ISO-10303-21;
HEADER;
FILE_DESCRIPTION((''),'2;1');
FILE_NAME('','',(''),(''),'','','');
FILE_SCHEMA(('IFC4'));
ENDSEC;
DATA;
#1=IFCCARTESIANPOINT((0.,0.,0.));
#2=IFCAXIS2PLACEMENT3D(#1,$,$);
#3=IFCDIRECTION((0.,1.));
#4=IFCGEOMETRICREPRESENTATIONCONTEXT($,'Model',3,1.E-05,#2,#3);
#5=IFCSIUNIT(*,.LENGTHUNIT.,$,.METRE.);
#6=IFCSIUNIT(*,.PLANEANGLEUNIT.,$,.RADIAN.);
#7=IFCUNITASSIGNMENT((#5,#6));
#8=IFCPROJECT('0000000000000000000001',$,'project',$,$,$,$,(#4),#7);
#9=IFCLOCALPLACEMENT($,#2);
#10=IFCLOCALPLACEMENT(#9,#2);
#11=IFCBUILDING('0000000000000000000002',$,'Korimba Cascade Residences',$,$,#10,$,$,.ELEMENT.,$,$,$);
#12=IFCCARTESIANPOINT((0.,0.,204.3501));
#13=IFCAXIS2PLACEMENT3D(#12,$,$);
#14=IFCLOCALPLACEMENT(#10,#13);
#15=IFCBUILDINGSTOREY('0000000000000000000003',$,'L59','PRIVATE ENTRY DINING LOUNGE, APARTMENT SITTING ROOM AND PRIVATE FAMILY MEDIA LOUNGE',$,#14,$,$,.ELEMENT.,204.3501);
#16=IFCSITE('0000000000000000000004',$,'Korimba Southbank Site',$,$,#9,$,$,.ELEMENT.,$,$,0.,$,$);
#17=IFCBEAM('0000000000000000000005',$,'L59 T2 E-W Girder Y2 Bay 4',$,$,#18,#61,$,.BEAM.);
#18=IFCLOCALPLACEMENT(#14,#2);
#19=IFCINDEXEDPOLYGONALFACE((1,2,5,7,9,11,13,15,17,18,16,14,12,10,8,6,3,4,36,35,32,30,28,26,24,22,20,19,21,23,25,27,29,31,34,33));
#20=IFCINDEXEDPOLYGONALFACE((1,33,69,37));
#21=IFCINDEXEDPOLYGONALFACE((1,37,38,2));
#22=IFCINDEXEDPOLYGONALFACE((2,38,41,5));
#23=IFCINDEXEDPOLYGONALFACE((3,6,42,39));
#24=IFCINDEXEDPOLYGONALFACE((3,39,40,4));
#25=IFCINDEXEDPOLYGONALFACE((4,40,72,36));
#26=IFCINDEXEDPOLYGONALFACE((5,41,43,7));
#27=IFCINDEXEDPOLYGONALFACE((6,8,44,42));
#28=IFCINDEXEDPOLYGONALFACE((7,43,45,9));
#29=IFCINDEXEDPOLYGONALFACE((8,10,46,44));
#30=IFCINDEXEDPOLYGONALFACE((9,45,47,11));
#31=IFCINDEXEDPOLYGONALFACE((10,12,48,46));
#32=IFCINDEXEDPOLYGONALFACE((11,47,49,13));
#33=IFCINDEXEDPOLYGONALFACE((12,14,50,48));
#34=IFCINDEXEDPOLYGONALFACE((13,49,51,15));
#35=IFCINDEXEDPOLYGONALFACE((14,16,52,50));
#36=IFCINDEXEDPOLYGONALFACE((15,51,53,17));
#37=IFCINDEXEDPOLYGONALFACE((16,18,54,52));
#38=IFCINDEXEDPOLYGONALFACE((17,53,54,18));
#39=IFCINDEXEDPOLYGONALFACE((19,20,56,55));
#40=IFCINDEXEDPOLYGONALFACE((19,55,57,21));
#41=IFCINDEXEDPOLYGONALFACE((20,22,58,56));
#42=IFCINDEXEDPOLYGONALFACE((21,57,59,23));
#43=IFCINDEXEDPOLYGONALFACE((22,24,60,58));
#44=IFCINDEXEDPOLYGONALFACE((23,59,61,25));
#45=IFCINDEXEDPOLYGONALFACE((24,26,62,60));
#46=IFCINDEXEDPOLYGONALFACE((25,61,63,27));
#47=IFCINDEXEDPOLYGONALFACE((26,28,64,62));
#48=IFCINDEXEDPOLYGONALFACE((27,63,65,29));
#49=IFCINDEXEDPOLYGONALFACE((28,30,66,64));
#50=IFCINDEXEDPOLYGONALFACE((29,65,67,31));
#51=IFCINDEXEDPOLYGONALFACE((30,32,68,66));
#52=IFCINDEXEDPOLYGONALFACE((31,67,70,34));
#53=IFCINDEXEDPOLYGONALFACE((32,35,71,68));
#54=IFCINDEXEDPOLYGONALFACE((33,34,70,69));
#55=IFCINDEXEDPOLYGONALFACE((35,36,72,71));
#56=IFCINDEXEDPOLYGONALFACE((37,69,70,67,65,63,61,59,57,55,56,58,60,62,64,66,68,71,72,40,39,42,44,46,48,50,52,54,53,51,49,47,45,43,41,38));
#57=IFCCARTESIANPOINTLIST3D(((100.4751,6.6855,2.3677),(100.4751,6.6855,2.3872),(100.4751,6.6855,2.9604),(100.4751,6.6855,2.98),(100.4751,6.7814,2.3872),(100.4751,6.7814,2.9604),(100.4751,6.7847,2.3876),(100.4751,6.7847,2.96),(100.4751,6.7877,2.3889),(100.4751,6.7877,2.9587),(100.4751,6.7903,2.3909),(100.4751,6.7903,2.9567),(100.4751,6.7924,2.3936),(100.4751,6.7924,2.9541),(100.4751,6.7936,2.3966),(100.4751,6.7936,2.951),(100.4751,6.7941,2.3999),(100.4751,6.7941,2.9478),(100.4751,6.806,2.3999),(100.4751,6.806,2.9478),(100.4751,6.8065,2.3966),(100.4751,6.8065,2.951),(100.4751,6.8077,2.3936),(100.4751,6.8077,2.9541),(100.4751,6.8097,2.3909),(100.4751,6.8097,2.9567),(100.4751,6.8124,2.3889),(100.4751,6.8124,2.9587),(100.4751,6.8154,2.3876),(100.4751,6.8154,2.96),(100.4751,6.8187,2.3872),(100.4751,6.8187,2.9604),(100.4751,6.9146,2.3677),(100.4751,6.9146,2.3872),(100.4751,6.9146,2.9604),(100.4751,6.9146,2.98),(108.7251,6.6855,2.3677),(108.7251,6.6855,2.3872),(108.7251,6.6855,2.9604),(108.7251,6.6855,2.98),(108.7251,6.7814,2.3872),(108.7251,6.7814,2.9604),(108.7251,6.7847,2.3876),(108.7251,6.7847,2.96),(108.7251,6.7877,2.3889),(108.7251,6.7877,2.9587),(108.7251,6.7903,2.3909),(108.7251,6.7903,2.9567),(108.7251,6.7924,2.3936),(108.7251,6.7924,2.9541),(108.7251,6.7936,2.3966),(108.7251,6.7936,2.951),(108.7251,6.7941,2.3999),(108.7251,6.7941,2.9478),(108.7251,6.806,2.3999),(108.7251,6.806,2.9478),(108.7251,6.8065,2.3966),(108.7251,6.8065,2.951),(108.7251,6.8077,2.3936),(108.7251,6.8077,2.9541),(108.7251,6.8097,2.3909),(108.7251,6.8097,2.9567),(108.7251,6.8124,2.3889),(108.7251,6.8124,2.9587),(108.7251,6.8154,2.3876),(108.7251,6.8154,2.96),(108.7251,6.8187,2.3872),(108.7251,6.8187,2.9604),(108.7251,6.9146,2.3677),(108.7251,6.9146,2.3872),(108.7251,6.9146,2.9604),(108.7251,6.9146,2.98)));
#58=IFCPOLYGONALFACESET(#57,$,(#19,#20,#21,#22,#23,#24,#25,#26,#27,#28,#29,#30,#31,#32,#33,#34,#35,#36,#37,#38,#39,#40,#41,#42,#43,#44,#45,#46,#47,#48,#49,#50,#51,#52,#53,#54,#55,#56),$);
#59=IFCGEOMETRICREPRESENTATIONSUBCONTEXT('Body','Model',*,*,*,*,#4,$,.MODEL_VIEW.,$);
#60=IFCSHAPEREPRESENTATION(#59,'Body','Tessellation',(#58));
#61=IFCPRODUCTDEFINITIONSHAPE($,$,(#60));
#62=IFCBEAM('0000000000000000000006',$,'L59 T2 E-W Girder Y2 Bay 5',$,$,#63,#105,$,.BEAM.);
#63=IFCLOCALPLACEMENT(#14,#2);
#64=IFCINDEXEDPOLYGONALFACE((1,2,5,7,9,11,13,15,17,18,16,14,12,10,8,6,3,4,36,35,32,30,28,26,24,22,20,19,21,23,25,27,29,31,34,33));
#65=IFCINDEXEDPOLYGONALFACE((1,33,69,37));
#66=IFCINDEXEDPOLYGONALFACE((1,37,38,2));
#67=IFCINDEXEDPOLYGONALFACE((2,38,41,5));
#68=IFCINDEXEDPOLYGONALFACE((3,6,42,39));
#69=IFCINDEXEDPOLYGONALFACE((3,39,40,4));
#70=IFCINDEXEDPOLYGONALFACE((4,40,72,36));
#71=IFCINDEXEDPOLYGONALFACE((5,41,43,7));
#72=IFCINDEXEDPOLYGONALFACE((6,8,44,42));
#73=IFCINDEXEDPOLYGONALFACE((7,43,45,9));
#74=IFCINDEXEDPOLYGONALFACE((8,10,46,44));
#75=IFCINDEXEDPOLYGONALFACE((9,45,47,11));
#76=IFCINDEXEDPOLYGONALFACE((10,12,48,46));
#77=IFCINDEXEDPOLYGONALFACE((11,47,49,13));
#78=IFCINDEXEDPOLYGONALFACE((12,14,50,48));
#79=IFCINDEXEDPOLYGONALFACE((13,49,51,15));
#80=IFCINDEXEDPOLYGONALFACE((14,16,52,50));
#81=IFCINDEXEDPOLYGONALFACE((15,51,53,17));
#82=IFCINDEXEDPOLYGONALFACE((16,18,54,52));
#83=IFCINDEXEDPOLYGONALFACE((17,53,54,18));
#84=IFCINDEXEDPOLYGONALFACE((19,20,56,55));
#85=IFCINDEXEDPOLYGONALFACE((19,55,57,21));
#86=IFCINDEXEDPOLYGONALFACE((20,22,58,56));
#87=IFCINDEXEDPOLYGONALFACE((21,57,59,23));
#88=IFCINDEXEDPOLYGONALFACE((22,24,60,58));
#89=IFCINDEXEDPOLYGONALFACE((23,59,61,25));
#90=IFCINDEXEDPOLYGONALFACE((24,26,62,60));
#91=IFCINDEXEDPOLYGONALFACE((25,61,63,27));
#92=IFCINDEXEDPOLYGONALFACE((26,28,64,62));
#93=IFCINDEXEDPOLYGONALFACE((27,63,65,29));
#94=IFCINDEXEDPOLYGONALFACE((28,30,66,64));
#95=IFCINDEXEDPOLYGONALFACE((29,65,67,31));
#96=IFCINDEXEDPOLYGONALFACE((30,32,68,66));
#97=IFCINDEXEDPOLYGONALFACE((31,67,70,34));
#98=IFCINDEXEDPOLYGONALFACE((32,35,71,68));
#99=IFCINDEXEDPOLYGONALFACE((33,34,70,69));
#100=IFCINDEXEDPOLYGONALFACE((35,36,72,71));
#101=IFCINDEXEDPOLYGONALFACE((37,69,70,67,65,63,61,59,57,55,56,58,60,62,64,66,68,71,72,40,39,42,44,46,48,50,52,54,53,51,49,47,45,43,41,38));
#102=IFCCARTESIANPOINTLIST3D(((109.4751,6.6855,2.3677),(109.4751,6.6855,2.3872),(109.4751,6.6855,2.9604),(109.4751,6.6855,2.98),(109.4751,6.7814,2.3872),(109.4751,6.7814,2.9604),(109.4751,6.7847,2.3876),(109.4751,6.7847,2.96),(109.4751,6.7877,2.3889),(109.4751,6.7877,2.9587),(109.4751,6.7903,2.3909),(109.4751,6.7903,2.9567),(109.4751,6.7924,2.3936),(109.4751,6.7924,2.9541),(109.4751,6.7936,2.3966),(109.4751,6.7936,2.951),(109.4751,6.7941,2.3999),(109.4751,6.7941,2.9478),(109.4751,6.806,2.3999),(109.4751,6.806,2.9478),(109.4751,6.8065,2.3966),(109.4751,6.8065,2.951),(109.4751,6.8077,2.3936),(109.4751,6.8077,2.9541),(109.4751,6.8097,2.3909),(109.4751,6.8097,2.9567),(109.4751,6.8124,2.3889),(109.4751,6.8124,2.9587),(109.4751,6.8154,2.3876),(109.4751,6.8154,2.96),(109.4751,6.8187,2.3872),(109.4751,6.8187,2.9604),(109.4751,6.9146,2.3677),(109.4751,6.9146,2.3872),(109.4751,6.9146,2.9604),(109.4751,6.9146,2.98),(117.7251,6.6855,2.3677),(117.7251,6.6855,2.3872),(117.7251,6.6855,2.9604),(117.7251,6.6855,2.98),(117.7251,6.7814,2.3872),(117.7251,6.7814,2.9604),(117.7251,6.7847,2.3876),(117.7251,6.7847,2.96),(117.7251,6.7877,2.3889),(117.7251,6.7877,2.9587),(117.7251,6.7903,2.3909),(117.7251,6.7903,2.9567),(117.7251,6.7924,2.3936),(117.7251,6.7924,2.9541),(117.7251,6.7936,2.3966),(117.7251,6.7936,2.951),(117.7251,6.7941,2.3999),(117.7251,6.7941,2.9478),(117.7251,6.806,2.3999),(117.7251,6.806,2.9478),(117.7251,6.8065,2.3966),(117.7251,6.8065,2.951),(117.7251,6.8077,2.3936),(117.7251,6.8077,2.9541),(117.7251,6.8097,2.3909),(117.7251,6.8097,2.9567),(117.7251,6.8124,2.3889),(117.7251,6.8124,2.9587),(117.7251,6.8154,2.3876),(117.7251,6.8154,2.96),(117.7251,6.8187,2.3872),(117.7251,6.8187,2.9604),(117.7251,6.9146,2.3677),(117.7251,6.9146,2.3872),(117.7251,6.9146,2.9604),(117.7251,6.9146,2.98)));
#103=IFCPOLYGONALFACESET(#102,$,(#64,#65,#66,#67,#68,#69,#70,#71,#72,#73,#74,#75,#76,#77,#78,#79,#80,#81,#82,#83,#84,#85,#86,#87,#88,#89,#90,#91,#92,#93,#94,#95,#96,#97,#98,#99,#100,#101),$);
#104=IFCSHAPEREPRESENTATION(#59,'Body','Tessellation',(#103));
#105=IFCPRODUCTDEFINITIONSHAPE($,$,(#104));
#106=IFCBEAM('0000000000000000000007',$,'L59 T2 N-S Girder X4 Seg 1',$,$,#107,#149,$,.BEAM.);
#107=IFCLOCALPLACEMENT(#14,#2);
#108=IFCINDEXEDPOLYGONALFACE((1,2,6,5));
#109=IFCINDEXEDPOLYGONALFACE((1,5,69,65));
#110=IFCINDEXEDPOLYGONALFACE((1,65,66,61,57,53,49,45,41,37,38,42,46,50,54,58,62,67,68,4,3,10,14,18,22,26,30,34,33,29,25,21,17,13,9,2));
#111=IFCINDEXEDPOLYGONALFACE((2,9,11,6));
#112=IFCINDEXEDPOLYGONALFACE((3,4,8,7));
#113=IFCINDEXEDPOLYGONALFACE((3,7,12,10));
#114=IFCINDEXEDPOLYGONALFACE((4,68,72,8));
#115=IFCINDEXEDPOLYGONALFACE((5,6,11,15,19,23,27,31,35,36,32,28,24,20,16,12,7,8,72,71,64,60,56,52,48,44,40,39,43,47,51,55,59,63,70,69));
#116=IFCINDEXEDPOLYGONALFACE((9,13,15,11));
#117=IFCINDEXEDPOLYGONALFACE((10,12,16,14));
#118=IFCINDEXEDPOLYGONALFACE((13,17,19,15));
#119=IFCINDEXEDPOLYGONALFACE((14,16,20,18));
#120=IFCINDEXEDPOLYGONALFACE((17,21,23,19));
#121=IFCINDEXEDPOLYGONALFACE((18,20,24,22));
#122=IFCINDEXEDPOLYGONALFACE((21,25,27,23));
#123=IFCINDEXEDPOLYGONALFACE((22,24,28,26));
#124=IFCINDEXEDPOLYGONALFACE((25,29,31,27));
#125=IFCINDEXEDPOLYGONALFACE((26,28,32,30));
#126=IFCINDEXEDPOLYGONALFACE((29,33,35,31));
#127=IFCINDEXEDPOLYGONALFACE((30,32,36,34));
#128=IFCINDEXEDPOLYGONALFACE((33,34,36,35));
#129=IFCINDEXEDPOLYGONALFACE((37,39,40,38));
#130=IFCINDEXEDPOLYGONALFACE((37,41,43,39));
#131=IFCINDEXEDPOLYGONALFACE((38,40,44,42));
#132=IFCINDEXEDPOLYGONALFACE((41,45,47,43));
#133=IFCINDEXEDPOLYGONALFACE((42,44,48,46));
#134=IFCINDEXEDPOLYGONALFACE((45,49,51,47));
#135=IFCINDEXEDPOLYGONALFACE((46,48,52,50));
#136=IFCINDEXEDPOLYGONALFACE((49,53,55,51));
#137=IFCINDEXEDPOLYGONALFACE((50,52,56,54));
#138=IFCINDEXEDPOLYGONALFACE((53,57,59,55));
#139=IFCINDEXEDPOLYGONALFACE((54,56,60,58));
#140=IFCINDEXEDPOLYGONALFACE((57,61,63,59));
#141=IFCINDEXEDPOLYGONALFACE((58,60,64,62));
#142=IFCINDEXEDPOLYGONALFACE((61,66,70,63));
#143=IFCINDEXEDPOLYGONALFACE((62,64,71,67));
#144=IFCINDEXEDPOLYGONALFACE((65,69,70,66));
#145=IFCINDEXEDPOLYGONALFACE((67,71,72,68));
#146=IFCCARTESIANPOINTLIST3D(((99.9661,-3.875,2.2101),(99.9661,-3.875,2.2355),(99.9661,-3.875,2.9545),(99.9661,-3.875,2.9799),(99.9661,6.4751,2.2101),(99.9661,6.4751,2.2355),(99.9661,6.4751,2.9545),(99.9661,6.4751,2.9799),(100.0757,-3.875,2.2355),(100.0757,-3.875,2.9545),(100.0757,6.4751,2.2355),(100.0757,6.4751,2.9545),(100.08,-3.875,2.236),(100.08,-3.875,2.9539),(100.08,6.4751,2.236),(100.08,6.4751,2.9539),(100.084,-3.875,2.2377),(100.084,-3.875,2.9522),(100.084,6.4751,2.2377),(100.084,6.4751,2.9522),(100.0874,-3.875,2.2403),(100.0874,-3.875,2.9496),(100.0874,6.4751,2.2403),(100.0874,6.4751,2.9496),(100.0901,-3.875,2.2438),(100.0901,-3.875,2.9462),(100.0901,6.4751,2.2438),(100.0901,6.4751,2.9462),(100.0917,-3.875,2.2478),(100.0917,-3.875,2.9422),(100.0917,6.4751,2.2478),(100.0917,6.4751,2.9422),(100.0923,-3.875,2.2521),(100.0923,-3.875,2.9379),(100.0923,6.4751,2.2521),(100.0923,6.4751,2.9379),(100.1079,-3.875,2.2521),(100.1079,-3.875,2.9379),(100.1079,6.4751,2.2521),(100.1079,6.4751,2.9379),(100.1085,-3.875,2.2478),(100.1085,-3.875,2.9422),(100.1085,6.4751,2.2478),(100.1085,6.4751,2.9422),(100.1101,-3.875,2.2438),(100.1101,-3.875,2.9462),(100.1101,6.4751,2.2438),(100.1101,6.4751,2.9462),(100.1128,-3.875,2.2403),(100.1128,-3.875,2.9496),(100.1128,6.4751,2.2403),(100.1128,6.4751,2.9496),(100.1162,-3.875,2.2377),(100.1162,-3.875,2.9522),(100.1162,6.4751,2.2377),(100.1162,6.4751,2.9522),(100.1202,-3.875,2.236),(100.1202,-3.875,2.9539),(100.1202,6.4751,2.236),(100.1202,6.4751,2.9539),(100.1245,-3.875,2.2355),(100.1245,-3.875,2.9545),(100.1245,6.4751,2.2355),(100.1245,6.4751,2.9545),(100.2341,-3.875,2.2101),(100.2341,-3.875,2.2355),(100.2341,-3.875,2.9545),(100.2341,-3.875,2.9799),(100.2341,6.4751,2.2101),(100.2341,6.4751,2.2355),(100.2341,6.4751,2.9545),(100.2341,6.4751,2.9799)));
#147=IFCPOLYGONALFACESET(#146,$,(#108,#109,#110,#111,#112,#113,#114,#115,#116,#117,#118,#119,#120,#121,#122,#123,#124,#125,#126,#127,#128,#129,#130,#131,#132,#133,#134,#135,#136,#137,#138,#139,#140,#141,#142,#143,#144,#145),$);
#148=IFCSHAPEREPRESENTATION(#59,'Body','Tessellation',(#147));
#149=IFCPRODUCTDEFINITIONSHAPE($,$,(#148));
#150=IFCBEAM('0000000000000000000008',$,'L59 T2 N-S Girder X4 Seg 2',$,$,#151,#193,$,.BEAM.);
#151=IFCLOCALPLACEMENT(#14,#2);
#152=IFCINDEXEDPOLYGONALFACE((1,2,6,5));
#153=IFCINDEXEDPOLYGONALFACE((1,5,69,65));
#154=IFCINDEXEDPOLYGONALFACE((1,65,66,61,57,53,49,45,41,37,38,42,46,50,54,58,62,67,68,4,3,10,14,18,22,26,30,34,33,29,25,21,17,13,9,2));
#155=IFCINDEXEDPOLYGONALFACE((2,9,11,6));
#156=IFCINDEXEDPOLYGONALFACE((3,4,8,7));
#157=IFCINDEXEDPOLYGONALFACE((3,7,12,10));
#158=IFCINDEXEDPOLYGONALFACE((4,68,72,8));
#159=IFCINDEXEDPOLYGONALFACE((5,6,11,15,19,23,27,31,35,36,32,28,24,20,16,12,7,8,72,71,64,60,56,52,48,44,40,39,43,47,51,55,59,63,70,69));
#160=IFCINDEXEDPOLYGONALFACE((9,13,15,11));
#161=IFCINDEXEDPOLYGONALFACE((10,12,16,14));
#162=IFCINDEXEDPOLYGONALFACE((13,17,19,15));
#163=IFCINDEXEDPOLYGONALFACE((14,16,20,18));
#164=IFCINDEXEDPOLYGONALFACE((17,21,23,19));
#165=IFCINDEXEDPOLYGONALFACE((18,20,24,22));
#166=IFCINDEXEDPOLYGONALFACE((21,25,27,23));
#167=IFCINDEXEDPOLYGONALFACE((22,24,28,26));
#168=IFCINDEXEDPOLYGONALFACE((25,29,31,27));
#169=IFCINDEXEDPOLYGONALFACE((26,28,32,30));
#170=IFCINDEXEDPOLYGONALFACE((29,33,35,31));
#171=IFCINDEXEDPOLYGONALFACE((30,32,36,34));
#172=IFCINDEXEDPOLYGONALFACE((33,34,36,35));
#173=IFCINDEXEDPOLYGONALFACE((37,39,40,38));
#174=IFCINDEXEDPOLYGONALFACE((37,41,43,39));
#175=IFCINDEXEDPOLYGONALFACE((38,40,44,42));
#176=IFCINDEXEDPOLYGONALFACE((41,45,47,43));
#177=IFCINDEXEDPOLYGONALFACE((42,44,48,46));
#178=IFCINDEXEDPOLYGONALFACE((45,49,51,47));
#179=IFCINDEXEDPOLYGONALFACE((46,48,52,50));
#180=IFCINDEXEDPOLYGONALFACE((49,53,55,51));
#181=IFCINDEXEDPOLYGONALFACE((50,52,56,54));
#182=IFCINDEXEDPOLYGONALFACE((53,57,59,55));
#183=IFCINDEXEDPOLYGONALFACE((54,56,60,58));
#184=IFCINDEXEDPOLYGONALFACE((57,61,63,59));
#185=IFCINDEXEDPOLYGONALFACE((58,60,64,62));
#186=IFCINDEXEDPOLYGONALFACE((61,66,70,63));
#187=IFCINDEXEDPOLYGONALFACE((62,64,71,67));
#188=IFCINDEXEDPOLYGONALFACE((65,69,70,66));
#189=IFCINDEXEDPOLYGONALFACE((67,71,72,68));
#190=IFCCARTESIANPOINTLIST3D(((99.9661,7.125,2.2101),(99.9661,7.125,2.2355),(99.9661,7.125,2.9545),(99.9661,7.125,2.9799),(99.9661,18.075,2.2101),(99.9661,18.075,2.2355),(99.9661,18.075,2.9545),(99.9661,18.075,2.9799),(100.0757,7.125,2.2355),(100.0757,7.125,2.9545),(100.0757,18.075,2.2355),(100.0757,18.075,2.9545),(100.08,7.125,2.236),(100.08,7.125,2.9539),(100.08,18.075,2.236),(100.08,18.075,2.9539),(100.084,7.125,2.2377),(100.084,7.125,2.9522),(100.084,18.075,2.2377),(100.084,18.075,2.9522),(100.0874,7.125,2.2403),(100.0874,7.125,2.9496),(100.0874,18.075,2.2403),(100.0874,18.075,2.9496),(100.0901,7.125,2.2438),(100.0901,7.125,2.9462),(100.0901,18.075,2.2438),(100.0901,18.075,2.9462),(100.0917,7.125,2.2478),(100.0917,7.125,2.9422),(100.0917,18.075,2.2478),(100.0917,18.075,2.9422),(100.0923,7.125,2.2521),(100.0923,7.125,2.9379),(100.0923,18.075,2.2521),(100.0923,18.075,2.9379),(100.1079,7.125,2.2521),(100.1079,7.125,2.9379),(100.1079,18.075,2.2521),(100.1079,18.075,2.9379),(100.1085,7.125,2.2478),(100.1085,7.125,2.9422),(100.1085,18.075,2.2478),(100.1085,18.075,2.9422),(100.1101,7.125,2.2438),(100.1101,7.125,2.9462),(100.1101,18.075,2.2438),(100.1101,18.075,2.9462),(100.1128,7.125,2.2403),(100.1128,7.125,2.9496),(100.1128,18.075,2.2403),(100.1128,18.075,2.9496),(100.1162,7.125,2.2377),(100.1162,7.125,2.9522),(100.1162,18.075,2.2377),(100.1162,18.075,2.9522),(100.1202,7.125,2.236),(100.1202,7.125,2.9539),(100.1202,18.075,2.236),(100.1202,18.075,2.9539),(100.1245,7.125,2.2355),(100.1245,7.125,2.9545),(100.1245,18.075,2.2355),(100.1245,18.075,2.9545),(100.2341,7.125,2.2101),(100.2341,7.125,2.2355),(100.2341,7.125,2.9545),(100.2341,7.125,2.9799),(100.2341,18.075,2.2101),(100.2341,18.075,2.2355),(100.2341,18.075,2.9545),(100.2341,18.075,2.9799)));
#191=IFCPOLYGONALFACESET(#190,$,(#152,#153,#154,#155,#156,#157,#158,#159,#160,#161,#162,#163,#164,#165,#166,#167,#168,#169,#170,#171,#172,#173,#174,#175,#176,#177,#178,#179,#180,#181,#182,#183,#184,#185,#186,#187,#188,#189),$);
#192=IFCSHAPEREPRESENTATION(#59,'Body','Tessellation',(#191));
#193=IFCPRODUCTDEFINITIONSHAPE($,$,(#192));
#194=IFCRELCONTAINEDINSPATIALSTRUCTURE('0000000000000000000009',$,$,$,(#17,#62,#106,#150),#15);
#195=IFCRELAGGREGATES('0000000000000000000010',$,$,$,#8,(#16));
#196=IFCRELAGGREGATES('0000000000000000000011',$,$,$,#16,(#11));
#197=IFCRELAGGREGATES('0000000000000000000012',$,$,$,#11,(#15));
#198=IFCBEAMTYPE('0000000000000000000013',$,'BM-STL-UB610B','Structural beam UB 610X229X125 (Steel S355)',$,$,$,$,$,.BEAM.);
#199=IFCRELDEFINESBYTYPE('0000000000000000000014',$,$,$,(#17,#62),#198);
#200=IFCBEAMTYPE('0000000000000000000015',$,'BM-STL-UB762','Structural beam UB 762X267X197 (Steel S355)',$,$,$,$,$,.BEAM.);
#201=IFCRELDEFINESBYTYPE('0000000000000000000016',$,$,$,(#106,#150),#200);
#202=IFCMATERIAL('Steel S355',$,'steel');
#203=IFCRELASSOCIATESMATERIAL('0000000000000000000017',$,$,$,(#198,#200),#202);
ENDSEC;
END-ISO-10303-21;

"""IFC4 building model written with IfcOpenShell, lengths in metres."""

from ifc_helpers import new_model, si_unit, direction, frame, origin, origin_2d, place, context, subcontext, project, spatial, i_section, extrude, material, material_profile, profile_set, type_object, element, save


model = new_model("IFC4")

# Units and contexts
model_context = context("Model", 3, precision=1e-05, world=origin(), true_north=direction((0.0, 1.0)))
body_context = subcontext(model_context, "Body", "Model", "MODEL_VIEW")
ifc_project = project(units=[si_unit("LENGTHUNIT", "METRE"), si_unit("PLANEANGLEUNIT", "RADIAN")], contexts=[model_context])

# Site, building, storey
site_placement = place(None, origin())
site = spatial("IfcSite", under=ifc_project, at=site_placement, Name="Korimba Southbank Site", CompositionType="ELEMENT", RefElevation=0.0)
building_placement = place(site_placement, origin())
building = spatial("IfcBuilding", under=site, at=building_placement, Name="Korimba Cascade Residences", CompositionType="ELEMENT")
storey_placement = place(building_placement, frame((0.0, 0.0, 204.3501)))
storey = spatial("IfcBuildingStorey", under=building, at=storey_placement, Name="L59", Description="PRIVATE ENTRY DINING LOUNGE, APARTMENT SITTING ROOM AND PRIVATE FAMILY MEDIA LOUNGE", CompositionType="ELEMENT", Elevation=204.3501)

# Beams
ifc_material_1 = material(Name="Steel S355", Category="steel")
ifc_material_profile_1 = material_profile(ifc_material_1, i_section(OverallWidth=0.229, OverallDepth=0.6123, WebThickness=0.012, FlangeThickness=0.0195, FilletRadius=0.0127, at=origin_2d()), Name="Steel S355")
ifc_profile_set_1 = profile_set([ifc_material_profile_1], Name="Steel S355")
beam_type_1 = type_object("IfcBeamType", Name="BM-STL-UB610B", Description="Structural beam UB 610X229X125 (Steel S355)", PredefinedType="BEAM", material=ifc_profile_set_1)
for number, where, z_axis, x_axis, name in (
    (1, (100.4751, 6.8, 2.6738), (1.0, 0.0, 0.0), (0.0, 1.0, 0.0), "L59 T2 E-W Girder Y2 Bay 4"),
    (2, (109.4751, 6.8, 2.6738), (1.0, 0.0, 0.0), (0.0, 1.0, 0.0), "L59 T2 E-W Girder Y2 Bay 5"),
):
    element("IfcBeam", number, at=place(storey_placement, frame(where, z_axis=z_axis, x_axis=x_axis)), inside=storey, type_object=beam_type_1, Name=name, PredefinedType="BEAM", context=body_context, shape_type="SweptSolid", body=[
        extrude(i_section(OverallWidth=0.229, OverallDepth=0.6123, WebThickness=0.012, FlangeThickness=0.0195, FilletRadius=0.0127, at=origin_2d()), origin(), (0.0, 0.0, 1.0), 8.25),
    ])
ifc_material_profile_2 = material_profile(ifc_material_1, i_section(OverallWidth=0.2681, OverallDepth=0.7698, WebThickness=0.0156, FlangeThickness=0.0254, FilletRadius=0.0166, at=origin_2d()), Name="Steel S355")
ifc_profile_set_2 = profile_set([ifc_material_profile_2], Name="Steel S355")
beam_type_2 = type_object("IfcBeamType", Name="BM-STL-UB762", Description="Structural beam UB 762X267X197 (Steel S355)", PredefinedType="BEAM", material=ifc_profile_set_2)
beam_1_placement = place(storey_placement, frame((100.1001, -3.875, 2.595), z_axis=(0.0, 1.0, 0.0), x_axis=(-1.0, 0.0, 0.0)))
element("IfcBeam", 3, at=beam_1_placement, inside=storey, type_object=beam_type_2, Name="L59 T2 N-S Girder X4 Seg 1", PredefinedType="BEAM", context=body_context, shape_type="SweptSolid", body=[
    extrude(i_section(OverallWidth=0.2681, OverallDepth=0.7698, WebThickness=0.0156, FlangeThickness=0.0254, FilletRadius=0.0166, at=origin_2d()), origin(), (0.0, 0.0, 1.0), 10.3501),
])
beam_2_placement = place(storey_placement, frame((100.1001, 7.125, 2.595), z_axis=(0.0, 1.0, 0.0), x_axis=(-1.0, 0.0, 0.0)))
element("IfcBeam", 4, at=beam_2_placement, inside=storey, type_object=beam_type_2, Name="L59 T2 N-S Girder X4 Seg 2", PredefinedType="BEAM", context=body_context, shape_type="SweptSolid", body=[
    extrude(i_section(OverallWidth=0.2681, OverallDepth=0.7698, WebThickness=0.0156, FlangeThickness=0.0254, FilletRadius=0.0166, at=origin_2d()), origin(), (0.0, 0.0, 1.0), 10.95),
])

save(model, "model.ifc")
